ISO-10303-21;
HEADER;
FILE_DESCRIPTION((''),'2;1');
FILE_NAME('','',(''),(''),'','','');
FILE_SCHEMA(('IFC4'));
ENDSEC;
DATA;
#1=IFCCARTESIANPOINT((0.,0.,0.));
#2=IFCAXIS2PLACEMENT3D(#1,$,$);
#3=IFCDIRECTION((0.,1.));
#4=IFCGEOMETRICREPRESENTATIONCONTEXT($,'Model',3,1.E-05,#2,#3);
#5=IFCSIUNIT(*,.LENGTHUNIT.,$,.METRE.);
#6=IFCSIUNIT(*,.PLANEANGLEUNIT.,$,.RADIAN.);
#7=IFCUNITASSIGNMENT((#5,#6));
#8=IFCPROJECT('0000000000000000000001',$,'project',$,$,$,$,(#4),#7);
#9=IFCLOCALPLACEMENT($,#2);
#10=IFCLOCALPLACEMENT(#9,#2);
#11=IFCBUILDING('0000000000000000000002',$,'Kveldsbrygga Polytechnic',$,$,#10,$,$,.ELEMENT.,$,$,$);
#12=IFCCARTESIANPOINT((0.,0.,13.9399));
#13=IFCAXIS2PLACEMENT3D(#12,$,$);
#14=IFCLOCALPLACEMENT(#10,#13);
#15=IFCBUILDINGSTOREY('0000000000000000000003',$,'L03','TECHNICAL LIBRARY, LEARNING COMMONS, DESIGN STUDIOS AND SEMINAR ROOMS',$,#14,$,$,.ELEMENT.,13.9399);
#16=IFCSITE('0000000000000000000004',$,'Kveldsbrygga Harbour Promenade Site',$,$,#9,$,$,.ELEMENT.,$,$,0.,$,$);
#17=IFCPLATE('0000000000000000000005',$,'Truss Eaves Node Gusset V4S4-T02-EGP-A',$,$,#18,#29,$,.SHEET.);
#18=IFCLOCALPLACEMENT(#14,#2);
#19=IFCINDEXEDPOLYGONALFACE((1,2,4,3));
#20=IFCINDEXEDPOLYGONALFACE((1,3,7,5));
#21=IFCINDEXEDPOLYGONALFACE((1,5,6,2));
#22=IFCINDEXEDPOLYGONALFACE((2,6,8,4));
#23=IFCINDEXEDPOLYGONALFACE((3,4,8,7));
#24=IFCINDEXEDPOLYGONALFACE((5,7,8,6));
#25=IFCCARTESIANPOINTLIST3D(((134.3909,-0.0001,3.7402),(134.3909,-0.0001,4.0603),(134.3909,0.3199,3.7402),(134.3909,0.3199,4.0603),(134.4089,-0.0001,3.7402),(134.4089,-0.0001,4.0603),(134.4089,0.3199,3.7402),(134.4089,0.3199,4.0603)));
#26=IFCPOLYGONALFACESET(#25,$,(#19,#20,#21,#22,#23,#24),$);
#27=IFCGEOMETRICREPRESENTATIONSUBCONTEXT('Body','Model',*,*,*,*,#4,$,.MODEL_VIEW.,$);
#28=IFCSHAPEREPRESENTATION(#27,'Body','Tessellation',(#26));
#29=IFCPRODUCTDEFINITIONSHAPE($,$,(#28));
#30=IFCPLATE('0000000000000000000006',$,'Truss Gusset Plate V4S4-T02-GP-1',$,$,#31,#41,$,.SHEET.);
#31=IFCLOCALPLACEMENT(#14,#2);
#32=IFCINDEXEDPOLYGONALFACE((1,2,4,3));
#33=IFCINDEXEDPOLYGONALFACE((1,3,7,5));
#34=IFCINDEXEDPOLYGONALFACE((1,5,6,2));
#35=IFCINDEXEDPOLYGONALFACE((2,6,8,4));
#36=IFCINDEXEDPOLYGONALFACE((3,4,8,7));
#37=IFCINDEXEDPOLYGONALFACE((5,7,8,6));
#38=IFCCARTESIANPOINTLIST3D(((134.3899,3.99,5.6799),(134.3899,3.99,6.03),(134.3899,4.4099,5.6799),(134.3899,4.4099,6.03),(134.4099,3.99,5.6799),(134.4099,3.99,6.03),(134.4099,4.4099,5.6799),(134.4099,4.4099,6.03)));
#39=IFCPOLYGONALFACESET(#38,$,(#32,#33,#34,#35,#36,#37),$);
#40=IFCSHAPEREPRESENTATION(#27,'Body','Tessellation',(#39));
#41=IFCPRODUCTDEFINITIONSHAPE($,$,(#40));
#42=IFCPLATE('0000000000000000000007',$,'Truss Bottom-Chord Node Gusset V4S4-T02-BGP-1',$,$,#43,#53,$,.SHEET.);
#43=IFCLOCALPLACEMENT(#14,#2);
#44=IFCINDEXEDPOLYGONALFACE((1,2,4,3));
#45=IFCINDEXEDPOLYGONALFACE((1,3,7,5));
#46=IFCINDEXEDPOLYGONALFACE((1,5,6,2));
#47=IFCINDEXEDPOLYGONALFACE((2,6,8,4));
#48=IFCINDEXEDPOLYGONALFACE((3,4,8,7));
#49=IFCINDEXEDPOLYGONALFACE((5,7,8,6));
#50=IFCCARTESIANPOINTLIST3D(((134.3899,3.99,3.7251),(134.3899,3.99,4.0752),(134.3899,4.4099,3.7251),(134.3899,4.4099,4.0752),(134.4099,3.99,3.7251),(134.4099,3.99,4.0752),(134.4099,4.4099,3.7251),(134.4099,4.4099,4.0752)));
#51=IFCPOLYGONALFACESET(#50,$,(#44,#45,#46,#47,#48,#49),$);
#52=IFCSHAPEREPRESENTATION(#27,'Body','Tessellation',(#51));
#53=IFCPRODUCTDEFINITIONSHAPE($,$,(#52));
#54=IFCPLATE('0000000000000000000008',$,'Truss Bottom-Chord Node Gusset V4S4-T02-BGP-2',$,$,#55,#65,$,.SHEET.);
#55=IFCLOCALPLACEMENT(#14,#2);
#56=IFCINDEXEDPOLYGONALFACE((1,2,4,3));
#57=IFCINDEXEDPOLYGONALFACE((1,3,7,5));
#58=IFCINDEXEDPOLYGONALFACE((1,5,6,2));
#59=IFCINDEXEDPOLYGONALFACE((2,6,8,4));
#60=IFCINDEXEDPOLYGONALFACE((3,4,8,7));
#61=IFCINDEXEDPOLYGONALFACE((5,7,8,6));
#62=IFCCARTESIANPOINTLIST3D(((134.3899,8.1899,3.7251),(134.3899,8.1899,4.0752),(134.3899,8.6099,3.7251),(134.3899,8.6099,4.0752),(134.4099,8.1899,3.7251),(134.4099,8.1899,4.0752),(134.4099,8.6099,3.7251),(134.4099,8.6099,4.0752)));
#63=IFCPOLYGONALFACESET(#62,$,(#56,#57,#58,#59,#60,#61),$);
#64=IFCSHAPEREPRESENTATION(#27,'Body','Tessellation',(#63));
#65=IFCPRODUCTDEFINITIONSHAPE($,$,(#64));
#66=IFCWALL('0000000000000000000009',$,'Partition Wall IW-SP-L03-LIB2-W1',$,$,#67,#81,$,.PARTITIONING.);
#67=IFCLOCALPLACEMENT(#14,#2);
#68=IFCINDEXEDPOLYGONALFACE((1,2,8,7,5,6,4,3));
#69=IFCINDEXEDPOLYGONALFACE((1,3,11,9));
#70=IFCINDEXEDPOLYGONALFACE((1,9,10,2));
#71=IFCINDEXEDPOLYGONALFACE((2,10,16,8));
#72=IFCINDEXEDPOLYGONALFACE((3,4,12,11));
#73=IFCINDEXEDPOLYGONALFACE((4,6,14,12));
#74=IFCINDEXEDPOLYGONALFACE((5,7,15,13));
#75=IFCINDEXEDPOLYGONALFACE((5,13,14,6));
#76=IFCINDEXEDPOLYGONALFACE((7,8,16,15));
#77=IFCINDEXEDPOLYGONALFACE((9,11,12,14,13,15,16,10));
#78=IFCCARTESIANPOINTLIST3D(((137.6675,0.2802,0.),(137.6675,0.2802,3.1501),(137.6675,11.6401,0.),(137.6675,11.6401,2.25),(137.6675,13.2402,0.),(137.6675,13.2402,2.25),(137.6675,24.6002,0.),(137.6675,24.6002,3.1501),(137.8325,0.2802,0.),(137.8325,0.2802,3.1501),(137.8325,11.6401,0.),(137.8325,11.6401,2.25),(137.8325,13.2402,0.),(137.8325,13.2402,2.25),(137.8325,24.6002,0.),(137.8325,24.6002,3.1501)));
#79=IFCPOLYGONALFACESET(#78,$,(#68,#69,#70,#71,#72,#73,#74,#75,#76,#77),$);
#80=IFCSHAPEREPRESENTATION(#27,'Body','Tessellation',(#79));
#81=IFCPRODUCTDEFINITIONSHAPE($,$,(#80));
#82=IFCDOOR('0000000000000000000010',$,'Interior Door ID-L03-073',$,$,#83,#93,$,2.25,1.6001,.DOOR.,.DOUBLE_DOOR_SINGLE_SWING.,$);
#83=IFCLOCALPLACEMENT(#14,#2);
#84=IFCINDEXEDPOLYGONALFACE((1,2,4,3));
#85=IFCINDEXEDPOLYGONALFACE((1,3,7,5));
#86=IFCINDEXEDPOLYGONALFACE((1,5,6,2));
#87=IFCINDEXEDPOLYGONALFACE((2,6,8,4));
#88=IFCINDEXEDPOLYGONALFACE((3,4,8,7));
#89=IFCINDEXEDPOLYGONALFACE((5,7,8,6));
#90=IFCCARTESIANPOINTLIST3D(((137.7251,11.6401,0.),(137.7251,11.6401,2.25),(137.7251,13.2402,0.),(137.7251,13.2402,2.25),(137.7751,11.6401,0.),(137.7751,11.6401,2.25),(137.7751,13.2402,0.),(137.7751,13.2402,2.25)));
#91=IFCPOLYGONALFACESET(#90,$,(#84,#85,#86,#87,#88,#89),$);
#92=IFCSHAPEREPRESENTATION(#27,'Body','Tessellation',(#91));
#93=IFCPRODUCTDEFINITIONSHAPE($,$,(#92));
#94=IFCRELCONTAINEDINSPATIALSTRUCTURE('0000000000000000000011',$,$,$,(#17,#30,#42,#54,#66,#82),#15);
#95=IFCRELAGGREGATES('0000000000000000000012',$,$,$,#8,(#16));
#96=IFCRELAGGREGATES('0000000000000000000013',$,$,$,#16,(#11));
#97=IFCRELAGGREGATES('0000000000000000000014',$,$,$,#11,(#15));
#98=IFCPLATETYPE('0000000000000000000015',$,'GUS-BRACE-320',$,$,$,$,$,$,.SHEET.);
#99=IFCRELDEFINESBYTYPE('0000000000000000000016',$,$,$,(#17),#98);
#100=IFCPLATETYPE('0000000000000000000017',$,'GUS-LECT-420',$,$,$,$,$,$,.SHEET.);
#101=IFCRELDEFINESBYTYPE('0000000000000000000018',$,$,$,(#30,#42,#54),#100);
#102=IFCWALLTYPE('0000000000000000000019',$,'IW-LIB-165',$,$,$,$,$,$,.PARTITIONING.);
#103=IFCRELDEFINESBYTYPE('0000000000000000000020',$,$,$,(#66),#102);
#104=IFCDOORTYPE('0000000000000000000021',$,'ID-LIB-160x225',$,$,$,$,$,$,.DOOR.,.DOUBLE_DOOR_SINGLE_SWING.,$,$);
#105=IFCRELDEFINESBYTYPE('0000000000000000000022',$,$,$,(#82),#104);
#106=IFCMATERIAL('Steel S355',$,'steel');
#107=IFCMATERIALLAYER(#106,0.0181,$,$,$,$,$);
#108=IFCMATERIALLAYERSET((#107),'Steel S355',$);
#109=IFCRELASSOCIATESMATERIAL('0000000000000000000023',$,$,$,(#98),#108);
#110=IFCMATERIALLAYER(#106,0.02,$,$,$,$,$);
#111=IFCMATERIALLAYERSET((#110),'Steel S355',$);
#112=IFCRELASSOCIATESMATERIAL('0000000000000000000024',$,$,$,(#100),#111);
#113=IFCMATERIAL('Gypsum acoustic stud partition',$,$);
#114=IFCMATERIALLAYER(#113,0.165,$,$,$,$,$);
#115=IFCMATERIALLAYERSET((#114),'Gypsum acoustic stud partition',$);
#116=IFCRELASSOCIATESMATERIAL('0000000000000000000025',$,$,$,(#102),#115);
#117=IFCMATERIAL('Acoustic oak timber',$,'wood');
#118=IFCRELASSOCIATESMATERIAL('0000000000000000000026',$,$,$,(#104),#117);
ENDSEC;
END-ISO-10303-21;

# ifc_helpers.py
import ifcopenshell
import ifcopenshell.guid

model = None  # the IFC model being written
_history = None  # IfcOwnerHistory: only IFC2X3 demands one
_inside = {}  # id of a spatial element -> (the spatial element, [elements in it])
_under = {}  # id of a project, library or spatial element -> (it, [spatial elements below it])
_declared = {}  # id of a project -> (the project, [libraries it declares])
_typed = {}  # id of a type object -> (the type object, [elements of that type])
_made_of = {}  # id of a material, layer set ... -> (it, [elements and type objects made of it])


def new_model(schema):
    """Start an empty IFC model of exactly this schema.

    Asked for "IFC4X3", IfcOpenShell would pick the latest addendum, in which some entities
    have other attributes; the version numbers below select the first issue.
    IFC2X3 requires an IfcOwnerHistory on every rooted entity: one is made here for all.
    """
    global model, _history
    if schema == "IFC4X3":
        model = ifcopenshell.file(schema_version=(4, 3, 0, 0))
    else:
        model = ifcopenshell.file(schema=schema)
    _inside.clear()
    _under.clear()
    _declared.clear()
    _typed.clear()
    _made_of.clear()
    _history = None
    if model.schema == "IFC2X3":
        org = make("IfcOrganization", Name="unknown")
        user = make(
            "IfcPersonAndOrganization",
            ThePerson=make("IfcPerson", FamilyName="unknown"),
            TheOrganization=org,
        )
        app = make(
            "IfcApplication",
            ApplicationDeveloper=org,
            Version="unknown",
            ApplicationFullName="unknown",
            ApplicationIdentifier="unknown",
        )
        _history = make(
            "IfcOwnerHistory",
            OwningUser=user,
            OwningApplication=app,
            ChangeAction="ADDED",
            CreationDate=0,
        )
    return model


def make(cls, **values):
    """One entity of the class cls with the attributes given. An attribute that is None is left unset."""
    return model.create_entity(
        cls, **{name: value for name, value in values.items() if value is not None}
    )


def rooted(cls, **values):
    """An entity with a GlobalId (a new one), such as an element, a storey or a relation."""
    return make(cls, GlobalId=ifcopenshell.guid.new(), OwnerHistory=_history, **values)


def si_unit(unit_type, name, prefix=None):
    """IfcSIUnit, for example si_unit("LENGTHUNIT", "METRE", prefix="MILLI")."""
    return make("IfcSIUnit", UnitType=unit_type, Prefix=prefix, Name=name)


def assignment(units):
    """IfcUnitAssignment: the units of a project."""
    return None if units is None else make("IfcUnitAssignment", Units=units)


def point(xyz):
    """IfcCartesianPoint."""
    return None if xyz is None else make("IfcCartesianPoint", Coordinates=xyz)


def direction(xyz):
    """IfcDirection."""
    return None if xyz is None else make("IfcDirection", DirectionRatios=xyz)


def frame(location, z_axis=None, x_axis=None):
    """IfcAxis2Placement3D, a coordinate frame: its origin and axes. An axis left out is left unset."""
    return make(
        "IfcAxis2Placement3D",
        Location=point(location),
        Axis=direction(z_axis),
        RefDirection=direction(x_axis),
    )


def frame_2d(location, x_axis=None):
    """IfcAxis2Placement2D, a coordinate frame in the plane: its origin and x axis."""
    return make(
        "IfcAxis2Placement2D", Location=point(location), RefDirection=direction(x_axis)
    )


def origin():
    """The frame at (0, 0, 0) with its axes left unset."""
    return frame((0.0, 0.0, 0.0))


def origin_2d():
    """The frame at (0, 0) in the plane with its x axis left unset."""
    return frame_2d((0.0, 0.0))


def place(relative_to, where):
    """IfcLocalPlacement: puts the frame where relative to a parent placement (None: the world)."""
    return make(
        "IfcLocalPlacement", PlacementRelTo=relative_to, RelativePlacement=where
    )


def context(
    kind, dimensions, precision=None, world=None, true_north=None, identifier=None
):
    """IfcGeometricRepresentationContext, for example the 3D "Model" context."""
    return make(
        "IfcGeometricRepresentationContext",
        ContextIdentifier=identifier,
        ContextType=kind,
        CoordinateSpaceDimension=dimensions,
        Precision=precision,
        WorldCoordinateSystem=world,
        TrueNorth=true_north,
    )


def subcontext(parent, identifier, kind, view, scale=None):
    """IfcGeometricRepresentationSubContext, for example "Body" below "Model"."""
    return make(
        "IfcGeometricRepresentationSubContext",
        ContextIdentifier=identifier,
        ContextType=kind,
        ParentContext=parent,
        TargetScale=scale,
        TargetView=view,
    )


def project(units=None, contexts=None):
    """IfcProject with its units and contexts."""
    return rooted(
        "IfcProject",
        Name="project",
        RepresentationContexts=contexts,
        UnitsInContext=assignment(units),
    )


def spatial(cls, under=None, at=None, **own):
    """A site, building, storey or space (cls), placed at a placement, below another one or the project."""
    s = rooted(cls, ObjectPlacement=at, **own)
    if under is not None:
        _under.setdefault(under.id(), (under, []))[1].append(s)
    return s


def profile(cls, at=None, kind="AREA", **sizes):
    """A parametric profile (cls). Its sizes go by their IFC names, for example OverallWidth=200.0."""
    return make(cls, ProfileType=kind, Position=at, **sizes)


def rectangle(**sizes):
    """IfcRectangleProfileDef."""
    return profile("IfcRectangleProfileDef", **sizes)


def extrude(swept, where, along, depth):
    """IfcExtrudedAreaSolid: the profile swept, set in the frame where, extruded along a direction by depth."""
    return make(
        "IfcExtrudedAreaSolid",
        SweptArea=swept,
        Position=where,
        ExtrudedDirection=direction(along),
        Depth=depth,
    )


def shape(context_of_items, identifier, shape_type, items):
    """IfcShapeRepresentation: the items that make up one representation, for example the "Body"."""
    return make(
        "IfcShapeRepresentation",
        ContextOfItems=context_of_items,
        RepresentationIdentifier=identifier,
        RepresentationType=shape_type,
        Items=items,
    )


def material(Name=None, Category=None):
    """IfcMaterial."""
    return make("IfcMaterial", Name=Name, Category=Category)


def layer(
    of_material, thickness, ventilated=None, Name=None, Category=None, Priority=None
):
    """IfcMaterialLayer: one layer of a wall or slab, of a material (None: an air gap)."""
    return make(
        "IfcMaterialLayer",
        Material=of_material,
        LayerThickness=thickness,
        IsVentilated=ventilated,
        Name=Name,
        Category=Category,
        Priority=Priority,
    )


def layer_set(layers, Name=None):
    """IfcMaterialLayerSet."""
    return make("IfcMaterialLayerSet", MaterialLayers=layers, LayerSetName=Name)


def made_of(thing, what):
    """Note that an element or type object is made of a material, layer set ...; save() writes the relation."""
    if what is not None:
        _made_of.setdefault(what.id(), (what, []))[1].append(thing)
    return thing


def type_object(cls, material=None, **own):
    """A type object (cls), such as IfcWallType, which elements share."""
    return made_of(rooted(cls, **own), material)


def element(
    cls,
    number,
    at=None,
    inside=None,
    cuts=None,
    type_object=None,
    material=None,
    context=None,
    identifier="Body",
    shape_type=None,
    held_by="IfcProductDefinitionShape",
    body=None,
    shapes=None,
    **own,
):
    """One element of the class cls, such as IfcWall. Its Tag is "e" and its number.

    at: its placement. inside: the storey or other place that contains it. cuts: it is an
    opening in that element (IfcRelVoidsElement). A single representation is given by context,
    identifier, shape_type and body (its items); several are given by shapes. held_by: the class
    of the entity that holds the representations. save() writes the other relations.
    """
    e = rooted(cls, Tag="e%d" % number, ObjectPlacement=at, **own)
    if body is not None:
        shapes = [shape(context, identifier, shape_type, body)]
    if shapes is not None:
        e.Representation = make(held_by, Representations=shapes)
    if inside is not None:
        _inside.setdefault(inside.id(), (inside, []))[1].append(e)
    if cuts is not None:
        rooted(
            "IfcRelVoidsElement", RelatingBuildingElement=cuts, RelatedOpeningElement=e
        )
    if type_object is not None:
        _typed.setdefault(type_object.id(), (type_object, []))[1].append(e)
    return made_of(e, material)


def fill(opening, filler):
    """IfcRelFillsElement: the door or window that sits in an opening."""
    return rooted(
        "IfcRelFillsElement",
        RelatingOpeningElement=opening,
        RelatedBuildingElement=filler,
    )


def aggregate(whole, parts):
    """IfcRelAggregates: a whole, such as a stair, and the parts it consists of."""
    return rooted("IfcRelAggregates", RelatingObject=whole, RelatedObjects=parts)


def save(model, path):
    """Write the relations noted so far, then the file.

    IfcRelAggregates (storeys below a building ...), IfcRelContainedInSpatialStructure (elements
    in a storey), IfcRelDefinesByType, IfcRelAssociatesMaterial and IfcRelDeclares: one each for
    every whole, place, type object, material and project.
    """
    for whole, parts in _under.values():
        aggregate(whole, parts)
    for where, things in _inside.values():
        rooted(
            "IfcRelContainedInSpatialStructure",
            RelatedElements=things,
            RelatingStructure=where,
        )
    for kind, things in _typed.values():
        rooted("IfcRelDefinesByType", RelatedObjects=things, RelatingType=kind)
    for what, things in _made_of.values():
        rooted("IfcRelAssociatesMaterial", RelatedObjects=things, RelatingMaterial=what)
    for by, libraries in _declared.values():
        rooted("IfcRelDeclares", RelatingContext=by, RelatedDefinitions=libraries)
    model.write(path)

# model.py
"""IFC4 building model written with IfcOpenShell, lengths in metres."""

from ifc_helpers import new_model, si_unit, direction, frame, frame_2d, origin, origin_2d, place, context, subcontext, project, spatial, rectangle, extrude, material, layer, layer_set, type_object, element, fill, save


model = new_model("IFC4")

# Units and contexts
model_context = context("Model", 3, precision=1e-05, world=origin(), true_north=direction((0.0, 1.0)))
body_context = subcontext(model_context, "Body", "Model", "MODEL_VIEW")
ifc_project = project(units=[si_unit("LENGTHUNIT", "METRE"), si_unit("PLANEANGLEUNIT", "RADIAN")], contexts=[model_context])

# Site, building, storey
site_placement = place(None, origin())
site = spatial("IfcSite", under=ifc_project, at=site_placement, Name="Kveldsbrygga Harbour Promenade Site", CompositionType="ELEMENT", RefElevation=0.0)
building_placement = place(site_placement, origin())
building = spatial("IfcBuilding", under=site, at=building_placement, Name="Kveldsbrygga Polytechnic", CompositionType="ELEMENT")
storey_placement = place(building_placement, frame((0.0, 0.0, 13.9399)))
storey = spatial("IfcBuildingStorey", under=building, at=storey_placement, Name="L03", Description="TECHNICAL LIBRARY, LEARNING COMMONS, DESIGN STUDIOS AND SEMINAR ROOMS", CompositionType="ELEMENT", Elevation=13.9399)

# Shared definitions
ifc_material_1 = material(Name="Steel S355", Category="steel")

# Plates
ifc_layer_1 = layer(ifc_material_1, 0.0181)
ifc_layer_set_1 = layer_set([ifc_layer_1], Name="Steel S355")
plate_type_1 = type_object("IfcPlateType", Name="GUS-BRACE-320", PredefinedType="SHEET", material=ifc_layer_set_1)
plate_1_placement = place(storey_placement, frame((134.3999, 0.1599, 3.7402), z_axis=(0.0, 0.0, 1.0), x_axis=(1.0, 0.0, 0.0)))
element("IfcPlate", 1, at=plate_1_placement, inside=storey, type_object=plate_type_1, Name="Truss Eaves Node Gusset V4S4-T02-EGP-A", PredefinedType="SHEET", context=body_context, shape_type="SweptSolid", body=[
    extrude(rectangle(XDim=0.0181, YDim=0.3201, at=origin_2d()), origin(), (0.0, 0.0, 1.0), 0.3201),
])
ifc_layer_2 = layer(ifc_material_1, 0.02)
ifc_layer_set_2 = layer_set([ifc_layer_2], Name="Steel S355")
plate_type_2 = type_object("IfcPlateType", Name="GUS-LECT-420", PredefinedType="SHEET", material=ifc_layer_set_2)
for number, where, z_axis, x_axis, name in (
    (2, (134.3999, 4.2, 5.6799), (0.0, 0.0, 1.0), (1.0, 0.0, 0.0), "Truss Gusset Plate V4S4-T02-GP-1"),
    (3, (134.3999, 4.2, 3.7251), (0.0, 0.0, 1.0), (1.0, 0.0, 0.0), "Truss Bottom-Chord Node Gusset V4S4-T02-BGP-1"),
    (4, (134.3999, 8.3999, 3.7251), (0.0, 0.0, 1.0), (1.0, 0.0, 0.0), "Truss Bottom-Chord Node Gusset V4S4-T02-BGP-2"),
):
    element("IfcPlate", number, at=place(storey_placement, frame(where, z_axis=z_axis, x_axis=x_axis)), inside=storey, type_object=plate_type_2, Name=name, PredefinedType="SHEET", context=body_context, shape_type="SweptSolid", body=[
        extrude(rectangle(XDim=0.02, YDim=0.4199, at=origin_2d()), origin(), (0.0, 0.0, 1.0), 0.3501),
    ])

# Wall, opening, door
ifc_material_2 = material(Name="Gypsum acoustic stud partition")
ifc_layer_3 = layer(ifc_material_2, 0.165)
ifc_layer_set_3 = layer_set([ifc_layer_3], Name="Gypsum acoustic stud partition")
wall_type = type_object("IfcWallType", Name="IW-LIB-165", PredefinedType="PARTITIONING", material=ifc_layer_set_3)
wall_placement = place(storey_placement, frame((137.75, 0.28, 0.0), z_axis=(0.0, 0.0, 1.0), x_axis=(0.0, 1.0, 0.0)))
wall = element("IfcWall", 5, at=wall_placement, inside=storey, type_object=wall_type, Name="Partition Wall IW-SP-L03-LIB2-W1", PredefinedType="PARTITIONING", context=body_context, shape_type="SweptSolid", body=[
    extrude(rectangle(XDim=24.3201, YDim=0.165, at=frame_2d((12.1602, 0.0))), origin(), (0.0, 0.0, 1.0), 3.1501),
])
opening_placement = place(wall_placement, frame((11.3601, 0.0, 0.0)))
opening = element("IfcOpeningElement", 6, at=opening_placement, cuts=wall, PredefinedType="OPENING", context=body_context, shape_type="SweptSolid", body=[
    extrude(rectangle(XDim=1.6001, YDim=2.25, at=frame_2d((0.8, 1.125))), frame((0.0, 0.0925, 0.0), z_axis=(0.0, -1.0, 0.0), x_axis=(1.0, 0.0, 0.0)), (0.0, 0.0, 1.0), 0.1851),
])
ifc_material_3 = material(Name="Acoustic oak timber", Category="wood")
door_type = type_object("IfcDoorType", Name="ID-LIB-160x225", OperationType="DOUBLE_DOOR_SINGLE_SWING", PredefinedType="DOOR", material=ifc_material_3)
door_placement = place(opening_placement, origin())
door = element("IfcDoor", 7, at=door_placement, inside=storey, type_object=door_type, Name="Interior Door ID-L03-073", OperationType="DOUBLE_DOOR_SINGLE_SWING", OverallHeight=2.25, OverallWidth=1.6001, PredefinedType="DOOR", context=body_context, shape_type="SweptSolid", body=[
    extrude(rectangle(XDim=1.6001, YDim=2.25, at=frame_2d((0.8, 1.125))), frame((0.0, 0.0249, 0.0), z_axis=(0.0, -1.0, 0.0), x_axis=(1.0, 0.0, 0.0)), (0.0, 0.0, 1.0), 0.05),
])
fill(opening, door)

save(model, "model.ifc")
